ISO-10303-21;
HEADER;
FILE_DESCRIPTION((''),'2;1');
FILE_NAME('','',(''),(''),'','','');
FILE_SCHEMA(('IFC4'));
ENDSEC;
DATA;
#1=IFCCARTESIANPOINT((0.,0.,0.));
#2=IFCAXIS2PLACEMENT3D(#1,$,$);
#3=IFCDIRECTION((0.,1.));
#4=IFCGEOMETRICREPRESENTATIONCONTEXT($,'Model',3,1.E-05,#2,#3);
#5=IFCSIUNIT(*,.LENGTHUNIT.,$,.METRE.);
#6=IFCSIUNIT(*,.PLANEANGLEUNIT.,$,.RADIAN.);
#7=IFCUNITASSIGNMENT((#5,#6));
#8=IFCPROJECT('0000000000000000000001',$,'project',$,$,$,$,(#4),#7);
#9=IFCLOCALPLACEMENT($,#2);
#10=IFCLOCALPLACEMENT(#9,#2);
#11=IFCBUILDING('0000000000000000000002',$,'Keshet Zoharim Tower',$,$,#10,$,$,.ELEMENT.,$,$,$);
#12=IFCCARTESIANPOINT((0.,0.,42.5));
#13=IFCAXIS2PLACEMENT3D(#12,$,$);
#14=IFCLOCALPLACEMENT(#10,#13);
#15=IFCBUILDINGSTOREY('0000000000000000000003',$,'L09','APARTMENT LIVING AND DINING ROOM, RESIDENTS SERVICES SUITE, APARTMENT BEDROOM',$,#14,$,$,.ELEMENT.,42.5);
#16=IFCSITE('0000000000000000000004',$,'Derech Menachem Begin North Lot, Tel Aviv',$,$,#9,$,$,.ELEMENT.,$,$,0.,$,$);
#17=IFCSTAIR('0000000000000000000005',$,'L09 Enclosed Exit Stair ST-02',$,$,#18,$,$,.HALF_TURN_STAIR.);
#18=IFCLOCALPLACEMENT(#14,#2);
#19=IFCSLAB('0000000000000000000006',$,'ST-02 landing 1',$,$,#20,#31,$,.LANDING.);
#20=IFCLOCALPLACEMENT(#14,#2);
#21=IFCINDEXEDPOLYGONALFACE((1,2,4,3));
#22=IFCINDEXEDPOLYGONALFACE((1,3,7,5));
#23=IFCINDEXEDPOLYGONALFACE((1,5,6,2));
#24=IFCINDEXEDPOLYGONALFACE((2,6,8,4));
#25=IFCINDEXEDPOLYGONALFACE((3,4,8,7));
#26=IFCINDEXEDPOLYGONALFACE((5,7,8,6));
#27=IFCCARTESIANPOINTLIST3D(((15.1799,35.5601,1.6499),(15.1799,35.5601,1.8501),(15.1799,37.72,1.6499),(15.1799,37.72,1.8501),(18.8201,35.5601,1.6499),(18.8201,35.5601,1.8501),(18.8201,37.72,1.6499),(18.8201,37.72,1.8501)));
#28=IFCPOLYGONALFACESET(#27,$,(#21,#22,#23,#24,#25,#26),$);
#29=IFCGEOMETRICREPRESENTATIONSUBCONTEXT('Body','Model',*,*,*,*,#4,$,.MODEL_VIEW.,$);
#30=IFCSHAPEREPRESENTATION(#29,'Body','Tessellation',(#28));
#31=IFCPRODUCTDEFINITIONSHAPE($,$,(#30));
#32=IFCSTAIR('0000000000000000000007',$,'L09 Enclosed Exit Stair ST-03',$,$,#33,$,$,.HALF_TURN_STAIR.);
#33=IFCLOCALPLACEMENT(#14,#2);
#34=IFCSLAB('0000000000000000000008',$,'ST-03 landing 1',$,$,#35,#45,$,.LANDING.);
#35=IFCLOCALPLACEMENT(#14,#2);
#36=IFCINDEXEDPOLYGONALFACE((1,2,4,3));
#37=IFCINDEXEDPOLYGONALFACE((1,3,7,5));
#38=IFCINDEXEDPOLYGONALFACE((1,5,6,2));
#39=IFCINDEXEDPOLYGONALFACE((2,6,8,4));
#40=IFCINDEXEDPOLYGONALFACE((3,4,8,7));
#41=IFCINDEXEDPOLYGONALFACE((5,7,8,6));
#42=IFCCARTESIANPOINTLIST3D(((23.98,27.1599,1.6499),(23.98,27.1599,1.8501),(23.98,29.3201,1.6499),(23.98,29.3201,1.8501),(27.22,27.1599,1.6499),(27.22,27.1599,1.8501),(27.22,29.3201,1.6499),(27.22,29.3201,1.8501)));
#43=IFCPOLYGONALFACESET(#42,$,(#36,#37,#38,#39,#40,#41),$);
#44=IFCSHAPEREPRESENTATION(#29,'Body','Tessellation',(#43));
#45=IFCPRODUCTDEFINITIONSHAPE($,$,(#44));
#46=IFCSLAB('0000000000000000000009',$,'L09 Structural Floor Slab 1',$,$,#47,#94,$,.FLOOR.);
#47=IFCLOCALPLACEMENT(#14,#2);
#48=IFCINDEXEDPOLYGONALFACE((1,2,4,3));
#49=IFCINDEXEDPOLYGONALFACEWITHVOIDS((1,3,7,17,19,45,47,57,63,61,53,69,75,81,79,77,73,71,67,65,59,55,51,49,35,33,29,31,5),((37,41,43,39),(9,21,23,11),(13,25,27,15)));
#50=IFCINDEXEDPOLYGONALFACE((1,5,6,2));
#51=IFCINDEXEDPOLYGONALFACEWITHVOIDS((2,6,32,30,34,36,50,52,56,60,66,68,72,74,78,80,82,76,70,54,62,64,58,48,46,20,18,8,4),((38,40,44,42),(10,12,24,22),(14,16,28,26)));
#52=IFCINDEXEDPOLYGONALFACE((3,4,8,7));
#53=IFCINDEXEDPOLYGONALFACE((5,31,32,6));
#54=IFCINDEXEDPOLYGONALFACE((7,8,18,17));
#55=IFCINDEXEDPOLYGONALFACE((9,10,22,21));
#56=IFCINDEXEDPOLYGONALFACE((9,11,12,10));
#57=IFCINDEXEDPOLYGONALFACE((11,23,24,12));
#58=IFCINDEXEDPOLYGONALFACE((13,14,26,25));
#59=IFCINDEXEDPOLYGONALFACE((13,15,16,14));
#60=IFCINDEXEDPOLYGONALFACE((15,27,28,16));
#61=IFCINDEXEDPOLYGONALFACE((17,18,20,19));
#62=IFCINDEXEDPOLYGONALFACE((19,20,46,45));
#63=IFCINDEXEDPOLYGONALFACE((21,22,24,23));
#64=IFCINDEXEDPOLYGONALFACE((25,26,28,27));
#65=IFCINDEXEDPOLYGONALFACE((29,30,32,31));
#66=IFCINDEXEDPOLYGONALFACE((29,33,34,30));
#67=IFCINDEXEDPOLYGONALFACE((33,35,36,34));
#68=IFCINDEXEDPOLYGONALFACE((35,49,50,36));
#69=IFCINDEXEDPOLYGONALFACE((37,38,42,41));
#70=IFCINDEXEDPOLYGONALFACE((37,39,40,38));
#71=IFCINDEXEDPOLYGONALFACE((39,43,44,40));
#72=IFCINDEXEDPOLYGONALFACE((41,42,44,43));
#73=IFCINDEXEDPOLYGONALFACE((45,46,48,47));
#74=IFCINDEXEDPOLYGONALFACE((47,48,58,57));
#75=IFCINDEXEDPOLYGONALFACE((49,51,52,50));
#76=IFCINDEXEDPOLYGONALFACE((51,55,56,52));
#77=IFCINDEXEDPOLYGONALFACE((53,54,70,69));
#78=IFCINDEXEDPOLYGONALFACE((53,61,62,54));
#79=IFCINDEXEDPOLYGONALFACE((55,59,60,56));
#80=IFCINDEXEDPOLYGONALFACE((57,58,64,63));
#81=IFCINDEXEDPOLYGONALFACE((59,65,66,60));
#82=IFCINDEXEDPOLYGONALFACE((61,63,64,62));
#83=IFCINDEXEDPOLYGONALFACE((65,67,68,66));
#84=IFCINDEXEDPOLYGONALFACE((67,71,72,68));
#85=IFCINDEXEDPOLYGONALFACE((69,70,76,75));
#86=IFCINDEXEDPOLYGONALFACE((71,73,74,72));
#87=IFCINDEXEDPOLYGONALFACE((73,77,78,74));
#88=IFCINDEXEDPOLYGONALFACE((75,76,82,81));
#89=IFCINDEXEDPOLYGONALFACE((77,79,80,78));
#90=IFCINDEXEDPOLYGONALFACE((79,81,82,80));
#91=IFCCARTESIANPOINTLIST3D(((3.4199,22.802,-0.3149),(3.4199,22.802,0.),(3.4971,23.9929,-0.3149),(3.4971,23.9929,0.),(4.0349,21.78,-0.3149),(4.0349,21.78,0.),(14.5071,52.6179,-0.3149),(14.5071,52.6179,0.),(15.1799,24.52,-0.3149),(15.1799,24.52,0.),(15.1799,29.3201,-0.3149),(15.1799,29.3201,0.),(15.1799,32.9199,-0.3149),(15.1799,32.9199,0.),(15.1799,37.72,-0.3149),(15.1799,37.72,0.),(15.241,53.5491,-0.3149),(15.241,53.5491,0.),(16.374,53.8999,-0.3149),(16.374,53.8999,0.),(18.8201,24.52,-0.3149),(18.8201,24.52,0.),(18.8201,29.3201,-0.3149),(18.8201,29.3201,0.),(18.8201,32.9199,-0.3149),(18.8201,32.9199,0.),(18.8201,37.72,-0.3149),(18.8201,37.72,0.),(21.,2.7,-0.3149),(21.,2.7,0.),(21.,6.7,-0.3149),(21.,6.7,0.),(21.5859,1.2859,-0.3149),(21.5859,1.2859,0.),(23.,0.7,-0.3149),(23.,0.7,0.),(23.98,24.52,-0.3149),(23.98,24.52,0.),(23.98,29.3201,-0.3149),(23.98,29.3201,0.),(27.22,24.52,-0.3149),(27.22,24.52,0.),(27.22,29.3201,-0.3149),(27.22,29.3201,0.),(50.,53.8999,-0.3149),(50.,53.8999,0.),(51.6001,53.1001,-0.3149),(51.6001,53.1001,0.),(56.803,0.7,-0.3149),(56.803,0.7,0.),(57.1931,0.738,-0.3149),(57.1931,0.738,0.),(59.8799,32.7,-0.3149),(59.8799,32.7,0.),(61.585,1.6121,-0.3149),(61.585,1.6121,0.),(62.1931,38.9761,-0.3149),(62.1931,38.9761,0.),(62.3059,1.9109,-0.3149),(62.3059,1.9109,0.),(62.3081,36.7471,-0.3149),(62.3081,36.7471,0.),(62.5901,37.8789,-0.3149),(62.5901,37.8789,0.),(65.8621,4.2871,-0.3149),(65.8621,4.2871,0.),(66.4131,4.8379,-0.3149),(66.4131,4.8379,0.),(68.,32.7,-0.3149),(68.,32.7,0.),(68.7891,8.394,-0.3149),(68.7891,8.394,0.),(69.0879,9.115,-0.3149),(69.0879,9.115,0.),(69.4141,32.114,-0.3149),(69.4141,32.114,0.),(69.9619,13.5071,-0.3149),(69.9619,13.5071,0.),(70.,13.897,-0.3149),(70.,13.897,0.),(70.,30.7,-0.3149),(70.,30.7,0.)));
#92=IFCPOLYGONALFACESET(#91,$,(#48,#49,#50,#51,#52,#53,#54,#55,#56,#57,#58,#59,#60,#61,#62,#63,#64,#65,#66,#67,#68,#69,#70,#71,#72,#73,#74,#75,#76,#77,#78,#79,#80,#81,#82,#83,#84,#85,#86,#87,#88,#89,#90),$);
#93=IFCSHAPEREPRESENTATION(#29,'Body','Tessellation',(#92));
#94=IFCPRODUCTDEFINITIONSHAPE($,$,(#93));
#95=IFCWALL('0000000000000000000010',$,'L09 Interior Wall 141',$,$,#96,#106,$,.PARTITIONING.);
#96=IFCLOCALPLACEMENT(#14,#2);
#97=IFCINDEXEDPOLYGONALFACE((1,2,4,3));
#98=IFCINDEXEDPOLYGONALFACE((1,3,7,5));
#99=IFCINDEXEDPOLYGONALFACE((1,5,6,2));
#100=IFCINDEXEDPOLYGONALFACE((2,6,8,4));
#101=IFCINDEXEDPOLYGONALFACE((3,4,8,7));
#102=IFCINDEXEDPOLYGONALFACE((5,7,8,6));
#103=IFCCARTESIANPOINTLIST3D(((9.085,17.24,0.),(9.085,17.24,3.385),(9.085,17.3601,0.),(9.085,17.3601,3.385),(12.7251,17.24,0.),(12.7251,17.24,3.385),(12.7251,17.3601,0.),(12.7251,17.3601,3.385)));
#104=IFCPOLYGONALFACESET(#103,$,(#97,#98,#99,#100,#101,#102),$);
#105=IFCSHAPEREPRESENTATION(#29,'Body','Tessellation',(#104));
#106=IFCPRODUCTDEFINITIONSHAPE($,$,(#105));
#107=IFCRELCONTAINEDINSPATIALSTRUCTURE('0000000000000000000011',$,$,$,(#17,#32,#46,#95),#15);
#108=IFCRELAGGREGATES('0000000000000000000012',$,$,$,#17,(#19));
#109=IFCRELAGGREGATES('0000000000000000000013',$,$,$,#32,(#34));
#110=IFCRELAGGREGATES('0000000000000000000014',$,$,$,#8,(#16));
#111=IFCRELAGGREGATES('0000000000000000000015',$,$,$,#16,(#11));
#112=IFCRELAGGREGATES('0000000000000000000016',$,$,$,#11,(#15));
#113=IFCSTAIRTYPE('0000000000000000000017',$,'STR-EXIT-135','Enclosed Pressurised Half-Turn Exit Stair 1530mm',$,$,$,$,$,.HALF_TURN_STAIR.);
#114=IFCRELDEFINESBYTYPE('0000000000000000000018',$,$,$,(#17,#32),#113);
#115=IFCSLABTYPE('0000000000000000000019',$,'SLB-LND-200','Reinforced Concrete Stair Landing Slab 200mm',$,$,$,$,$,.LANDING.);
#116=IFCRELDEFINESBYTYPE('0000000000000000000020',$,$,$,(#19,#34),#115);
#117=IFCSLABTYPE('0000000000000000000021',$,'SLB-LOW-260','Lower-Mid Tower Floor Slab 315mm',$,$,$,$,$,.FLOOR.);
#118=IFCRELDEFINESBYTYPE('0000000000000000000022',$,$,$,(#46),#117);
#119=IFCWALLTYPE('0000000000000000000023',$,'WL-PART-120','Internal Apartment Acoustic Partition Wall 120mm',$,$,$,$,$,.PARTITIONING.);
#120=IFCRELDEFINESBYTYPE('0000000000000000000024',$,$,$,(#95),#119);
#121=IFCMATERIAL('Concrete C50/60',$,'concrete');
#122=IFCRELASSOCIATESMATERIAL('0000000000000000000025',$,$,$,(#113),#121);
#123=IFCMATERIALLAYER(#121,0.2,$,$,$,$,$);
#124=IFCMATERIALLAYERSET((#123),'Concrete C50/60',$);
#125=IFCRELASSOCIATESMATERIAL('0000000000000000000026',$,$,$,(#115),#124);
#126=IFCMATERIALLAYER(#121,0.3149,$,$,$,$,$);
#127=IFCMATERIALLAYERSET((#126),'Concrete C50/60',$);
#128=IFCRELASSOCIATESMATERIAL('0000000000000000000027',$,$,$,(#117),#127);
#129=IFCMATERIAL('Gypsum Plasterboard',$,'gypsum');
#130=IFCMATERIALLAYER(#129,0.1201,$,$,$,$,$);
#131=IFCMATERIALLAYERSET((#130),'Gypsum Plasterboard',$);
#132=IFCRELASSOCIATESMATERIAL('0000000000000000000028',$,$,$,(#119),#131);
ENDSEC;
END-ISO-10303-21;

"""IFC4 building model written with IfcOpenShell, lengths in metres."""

from ifc_helpers import new_model, si_unit, direction, frame, frame_2d, origin, place, context, subcontext, project, spatial, polyline, rectangle, outline, extrude, material, layer, layer_set, type_object, element, aggregate, save


model = new_model("IFC4")

# Units and contexts
model_context = context("Model", 3, precision=1e-05, world=origin(), true_north=direction((0.0, 1.0)))
body_context = subcontext(model_context, "Body", "Model", "MODEL_VIEW")
ifc_project = project(units=[si_unit("LENGTHUNIT", "METRE"), si_unit("PLANEANGLEUNIT", "RADIAN")], contexts=[model_context])

# Site, building, storey
site_placement = place(None, origin())
site = spatial("IfcSite", under=ifc_project, at=site_placement, Name="Derech Menachem Begin North Lot, Tel Aviv", CompositionType="ELEMENT", RefElevation=0.0)
building_placement = place(site_placement, origin())
building = spatial("IfcBuilding", under=site, at=building_placement, Name="Keshet Zoharim Tower", CompositionType="ELEMENT")
storey_placement = place(building_placement, frame((0.0, 0.0, 42.5)))
storey = spatial("IfcBuildingStorey", under=building, at=storey_placement, Name="L09", Description="APARTMENT LIVING AND DINING ROOM, RESIDENTS SERVICES SUITE, APARTMENT BEDROOM", CompositionType="ELEMENT", Elevation=42.5)

# Stairs, slabs
ifc_material_1 = material(Name="Concrete C50/60", Category="concrete")
stair_type = type_object("IfcStairType", Name="STR-EXIT-135", Description="Enclosed Pressurised Half-Turn Exit Stair 1530mm", PredefinedType="HALF_TURN_STAIR", material=ifc_material_1)
ifc_layer_1 = layer(ifc_material_1, 0.2)
ifc_layer_set_1 = layer_set([ifc_layer_1], Name="Concrete C50/60")
slab_type_1 = type_object("IfcSlabType", Name="SLB-LND-200", Description="Reinforced Concrete Stair Landing Slab 200mm", PredefinedType="LANDING", material=ifc_layer_set_1)
stair_1_placement = place(storey_placement, origin())
stair_1 = element("IfcStair", 1, at=stair_1_placement, inside=storey, type_object=stair_type, Name="L09 Enclosed Exit Stair ST-02", PredefinedType="HALF_TURN_STAIR")
slab_1_placement = place(storey_placement, frame((0.0, 0.0, 1.6499)))
slab_1 = element("IfcSlab", 2, at=slab_1_placement, type_object=slab_type_1, Name="ST-02 landing 1", PredefinedType="LANDING", context=body_context, shape_type="SweptSolid", body=[
    extrude(outline(polyline([(15.1799, 35.5601), (18.8201, 35.5601), (18.8201, 37.72), (15.1799, 37.72), (15.1799, 35.5601)])), origin(), (0.0, 0.0, 1.0), 0.2002),
])
aggregate(stair_1, [slab_1])
stair_2_placement = place(storey_placement, origin())
stair_2 = element("IfcStair", 3, at=stair_2_placement, inside=storey, type_object=stair_type, Name="L09 Enclosed Exit Stair ST-03", PredefinedType="HALF_TURN_STAIR")
slab_2_placement = place(storey_placement, frame((0.0, 0.0, 1.6499)))
slab_2 = element("IfcSlab", 4, at=slab_2_placement, type_object=slab_type_1, Name="ST-03 landing 1", PredefinedType="LANDING", context=body_context, shape_type="SweptSolid", body=[
    extrude(outline(polyline([(23.98, 27.1599), (27.22, 27.1599), (27.22, 29.3201), (23.98, 29.3201), (23.98, 27.1599)])), origin(), (0.0, 0.0, 1.0), 0.2002),
])
aggregate(stair_2, [slab_2])

# Slab
ifc_layer_2 = layer(ifc_material_1, 0.3149)
ifc_layer_set_2 = layer_set([ifc_layer_2], Name="Concrete C50/60")
slab_type_2 = type_object("IfcSlabType", Name="SLB-LOW-260", Description="Lower-Mid Tower Floor Slab 315mm", PredefinedType="FLOOR", material=ifc_layer_set_2)
slab_3_placement = place(storey_placement, frame((0.0, 0.0, -0.3149)))
element("IfcSlab", 5, at=slab_3_placement, inside=storey, type_object=slab_type_2, Name="L09 Structural Floor Slab 1", PredefinedType="FLOOR", context=body_context, shape_type="SweptSolid", body=[
    extrude(outline(polyline([(21.0, 6.7), (4.0349, 21.78), (3.4199, 22.802), (3.4971, 23.9929), (14.5071, 52.6179), (15.241, 53.5491), (16.374, 53.8999), (50.0, 53.8999), (51.6001, 53.1001), (62.1931, 38.9761), (62.5901, 37.8789), (62.3081, 36.7471), (59.8799, 32.7), (68.0, 32.7), (69.4141, 32.114), (70.0, 30.7), (70.0, 13.897), (69.9619, 13.5071), (69.0879, 9.115), (68.7891, 8.394), (66.4131, 4.8379), (65.8621, 4.2871), (62.3059, 1.9109), (61.585, 1.6121), (57.1931, 0.738), (56.803, 0.7), (23.0, 0.7), (21.5859, 1.2859), (21.0, 2.7), (21.0, 6.7)]), holes=[polyline([(15.1799, 24.52), (18.8201, 24.52), (18.8201, 29.3201), (15.1799, 29.3201), (15.1799, 24.52)]), polyline([(15.1799, 32.9199), (18.8201, 32.9199), (18.8201, 37.72), (15.1799, 37.72), (15.1799, 32.9199)]), polyline([(23.98, 24.52), (27.22, 24.52), (27.22, 29.3201), (23.98, 29.3201), (23.98, 24.52)])]), origin(), (0.0, 0.0, 1.0), 0.3149),
])

# Shared definitions
ifc_material_2 = material(Name="Gypsum Plasterboard", Category="gypsum")

# Wall
ifc_layer_3 = layer(ifc_material_2, 0.1201)
ifc_layer_set_3 = layer_set([ifc_layer_3], Name="Gypsum Plasterboard")
wall_type_1 = type_object("IfcWallType", Name="WL-PART-120", Description="Internal Apartment Acoustic Partition Wall 120mm", PredefinedType="PARTITIONING", material=ifc_layer_set_3)
wall_1_placement = place(storey_placement, frame((9.085, 17.3, 0.0), z_axis=(0.0, 0.0, 1.0), x_axis=(1.0, 0.0, 0.0)))
element("IfcWall", 6, at=wall_1_placement, inside=storey, type_object=wall_type_1, Name="L09 Interior Wall 141", PredefinedType="PARTITIONING", context=body_context, shape_type="SweptSolid", body=[
    extrude(rectangle(XDim=3.6401, YDim=0.1201, at=frame_2d((1.8201, 0.0))), origin(), (0.0, 0.0, 1.0), 3.385),
])

save(model, "model.ifc")
